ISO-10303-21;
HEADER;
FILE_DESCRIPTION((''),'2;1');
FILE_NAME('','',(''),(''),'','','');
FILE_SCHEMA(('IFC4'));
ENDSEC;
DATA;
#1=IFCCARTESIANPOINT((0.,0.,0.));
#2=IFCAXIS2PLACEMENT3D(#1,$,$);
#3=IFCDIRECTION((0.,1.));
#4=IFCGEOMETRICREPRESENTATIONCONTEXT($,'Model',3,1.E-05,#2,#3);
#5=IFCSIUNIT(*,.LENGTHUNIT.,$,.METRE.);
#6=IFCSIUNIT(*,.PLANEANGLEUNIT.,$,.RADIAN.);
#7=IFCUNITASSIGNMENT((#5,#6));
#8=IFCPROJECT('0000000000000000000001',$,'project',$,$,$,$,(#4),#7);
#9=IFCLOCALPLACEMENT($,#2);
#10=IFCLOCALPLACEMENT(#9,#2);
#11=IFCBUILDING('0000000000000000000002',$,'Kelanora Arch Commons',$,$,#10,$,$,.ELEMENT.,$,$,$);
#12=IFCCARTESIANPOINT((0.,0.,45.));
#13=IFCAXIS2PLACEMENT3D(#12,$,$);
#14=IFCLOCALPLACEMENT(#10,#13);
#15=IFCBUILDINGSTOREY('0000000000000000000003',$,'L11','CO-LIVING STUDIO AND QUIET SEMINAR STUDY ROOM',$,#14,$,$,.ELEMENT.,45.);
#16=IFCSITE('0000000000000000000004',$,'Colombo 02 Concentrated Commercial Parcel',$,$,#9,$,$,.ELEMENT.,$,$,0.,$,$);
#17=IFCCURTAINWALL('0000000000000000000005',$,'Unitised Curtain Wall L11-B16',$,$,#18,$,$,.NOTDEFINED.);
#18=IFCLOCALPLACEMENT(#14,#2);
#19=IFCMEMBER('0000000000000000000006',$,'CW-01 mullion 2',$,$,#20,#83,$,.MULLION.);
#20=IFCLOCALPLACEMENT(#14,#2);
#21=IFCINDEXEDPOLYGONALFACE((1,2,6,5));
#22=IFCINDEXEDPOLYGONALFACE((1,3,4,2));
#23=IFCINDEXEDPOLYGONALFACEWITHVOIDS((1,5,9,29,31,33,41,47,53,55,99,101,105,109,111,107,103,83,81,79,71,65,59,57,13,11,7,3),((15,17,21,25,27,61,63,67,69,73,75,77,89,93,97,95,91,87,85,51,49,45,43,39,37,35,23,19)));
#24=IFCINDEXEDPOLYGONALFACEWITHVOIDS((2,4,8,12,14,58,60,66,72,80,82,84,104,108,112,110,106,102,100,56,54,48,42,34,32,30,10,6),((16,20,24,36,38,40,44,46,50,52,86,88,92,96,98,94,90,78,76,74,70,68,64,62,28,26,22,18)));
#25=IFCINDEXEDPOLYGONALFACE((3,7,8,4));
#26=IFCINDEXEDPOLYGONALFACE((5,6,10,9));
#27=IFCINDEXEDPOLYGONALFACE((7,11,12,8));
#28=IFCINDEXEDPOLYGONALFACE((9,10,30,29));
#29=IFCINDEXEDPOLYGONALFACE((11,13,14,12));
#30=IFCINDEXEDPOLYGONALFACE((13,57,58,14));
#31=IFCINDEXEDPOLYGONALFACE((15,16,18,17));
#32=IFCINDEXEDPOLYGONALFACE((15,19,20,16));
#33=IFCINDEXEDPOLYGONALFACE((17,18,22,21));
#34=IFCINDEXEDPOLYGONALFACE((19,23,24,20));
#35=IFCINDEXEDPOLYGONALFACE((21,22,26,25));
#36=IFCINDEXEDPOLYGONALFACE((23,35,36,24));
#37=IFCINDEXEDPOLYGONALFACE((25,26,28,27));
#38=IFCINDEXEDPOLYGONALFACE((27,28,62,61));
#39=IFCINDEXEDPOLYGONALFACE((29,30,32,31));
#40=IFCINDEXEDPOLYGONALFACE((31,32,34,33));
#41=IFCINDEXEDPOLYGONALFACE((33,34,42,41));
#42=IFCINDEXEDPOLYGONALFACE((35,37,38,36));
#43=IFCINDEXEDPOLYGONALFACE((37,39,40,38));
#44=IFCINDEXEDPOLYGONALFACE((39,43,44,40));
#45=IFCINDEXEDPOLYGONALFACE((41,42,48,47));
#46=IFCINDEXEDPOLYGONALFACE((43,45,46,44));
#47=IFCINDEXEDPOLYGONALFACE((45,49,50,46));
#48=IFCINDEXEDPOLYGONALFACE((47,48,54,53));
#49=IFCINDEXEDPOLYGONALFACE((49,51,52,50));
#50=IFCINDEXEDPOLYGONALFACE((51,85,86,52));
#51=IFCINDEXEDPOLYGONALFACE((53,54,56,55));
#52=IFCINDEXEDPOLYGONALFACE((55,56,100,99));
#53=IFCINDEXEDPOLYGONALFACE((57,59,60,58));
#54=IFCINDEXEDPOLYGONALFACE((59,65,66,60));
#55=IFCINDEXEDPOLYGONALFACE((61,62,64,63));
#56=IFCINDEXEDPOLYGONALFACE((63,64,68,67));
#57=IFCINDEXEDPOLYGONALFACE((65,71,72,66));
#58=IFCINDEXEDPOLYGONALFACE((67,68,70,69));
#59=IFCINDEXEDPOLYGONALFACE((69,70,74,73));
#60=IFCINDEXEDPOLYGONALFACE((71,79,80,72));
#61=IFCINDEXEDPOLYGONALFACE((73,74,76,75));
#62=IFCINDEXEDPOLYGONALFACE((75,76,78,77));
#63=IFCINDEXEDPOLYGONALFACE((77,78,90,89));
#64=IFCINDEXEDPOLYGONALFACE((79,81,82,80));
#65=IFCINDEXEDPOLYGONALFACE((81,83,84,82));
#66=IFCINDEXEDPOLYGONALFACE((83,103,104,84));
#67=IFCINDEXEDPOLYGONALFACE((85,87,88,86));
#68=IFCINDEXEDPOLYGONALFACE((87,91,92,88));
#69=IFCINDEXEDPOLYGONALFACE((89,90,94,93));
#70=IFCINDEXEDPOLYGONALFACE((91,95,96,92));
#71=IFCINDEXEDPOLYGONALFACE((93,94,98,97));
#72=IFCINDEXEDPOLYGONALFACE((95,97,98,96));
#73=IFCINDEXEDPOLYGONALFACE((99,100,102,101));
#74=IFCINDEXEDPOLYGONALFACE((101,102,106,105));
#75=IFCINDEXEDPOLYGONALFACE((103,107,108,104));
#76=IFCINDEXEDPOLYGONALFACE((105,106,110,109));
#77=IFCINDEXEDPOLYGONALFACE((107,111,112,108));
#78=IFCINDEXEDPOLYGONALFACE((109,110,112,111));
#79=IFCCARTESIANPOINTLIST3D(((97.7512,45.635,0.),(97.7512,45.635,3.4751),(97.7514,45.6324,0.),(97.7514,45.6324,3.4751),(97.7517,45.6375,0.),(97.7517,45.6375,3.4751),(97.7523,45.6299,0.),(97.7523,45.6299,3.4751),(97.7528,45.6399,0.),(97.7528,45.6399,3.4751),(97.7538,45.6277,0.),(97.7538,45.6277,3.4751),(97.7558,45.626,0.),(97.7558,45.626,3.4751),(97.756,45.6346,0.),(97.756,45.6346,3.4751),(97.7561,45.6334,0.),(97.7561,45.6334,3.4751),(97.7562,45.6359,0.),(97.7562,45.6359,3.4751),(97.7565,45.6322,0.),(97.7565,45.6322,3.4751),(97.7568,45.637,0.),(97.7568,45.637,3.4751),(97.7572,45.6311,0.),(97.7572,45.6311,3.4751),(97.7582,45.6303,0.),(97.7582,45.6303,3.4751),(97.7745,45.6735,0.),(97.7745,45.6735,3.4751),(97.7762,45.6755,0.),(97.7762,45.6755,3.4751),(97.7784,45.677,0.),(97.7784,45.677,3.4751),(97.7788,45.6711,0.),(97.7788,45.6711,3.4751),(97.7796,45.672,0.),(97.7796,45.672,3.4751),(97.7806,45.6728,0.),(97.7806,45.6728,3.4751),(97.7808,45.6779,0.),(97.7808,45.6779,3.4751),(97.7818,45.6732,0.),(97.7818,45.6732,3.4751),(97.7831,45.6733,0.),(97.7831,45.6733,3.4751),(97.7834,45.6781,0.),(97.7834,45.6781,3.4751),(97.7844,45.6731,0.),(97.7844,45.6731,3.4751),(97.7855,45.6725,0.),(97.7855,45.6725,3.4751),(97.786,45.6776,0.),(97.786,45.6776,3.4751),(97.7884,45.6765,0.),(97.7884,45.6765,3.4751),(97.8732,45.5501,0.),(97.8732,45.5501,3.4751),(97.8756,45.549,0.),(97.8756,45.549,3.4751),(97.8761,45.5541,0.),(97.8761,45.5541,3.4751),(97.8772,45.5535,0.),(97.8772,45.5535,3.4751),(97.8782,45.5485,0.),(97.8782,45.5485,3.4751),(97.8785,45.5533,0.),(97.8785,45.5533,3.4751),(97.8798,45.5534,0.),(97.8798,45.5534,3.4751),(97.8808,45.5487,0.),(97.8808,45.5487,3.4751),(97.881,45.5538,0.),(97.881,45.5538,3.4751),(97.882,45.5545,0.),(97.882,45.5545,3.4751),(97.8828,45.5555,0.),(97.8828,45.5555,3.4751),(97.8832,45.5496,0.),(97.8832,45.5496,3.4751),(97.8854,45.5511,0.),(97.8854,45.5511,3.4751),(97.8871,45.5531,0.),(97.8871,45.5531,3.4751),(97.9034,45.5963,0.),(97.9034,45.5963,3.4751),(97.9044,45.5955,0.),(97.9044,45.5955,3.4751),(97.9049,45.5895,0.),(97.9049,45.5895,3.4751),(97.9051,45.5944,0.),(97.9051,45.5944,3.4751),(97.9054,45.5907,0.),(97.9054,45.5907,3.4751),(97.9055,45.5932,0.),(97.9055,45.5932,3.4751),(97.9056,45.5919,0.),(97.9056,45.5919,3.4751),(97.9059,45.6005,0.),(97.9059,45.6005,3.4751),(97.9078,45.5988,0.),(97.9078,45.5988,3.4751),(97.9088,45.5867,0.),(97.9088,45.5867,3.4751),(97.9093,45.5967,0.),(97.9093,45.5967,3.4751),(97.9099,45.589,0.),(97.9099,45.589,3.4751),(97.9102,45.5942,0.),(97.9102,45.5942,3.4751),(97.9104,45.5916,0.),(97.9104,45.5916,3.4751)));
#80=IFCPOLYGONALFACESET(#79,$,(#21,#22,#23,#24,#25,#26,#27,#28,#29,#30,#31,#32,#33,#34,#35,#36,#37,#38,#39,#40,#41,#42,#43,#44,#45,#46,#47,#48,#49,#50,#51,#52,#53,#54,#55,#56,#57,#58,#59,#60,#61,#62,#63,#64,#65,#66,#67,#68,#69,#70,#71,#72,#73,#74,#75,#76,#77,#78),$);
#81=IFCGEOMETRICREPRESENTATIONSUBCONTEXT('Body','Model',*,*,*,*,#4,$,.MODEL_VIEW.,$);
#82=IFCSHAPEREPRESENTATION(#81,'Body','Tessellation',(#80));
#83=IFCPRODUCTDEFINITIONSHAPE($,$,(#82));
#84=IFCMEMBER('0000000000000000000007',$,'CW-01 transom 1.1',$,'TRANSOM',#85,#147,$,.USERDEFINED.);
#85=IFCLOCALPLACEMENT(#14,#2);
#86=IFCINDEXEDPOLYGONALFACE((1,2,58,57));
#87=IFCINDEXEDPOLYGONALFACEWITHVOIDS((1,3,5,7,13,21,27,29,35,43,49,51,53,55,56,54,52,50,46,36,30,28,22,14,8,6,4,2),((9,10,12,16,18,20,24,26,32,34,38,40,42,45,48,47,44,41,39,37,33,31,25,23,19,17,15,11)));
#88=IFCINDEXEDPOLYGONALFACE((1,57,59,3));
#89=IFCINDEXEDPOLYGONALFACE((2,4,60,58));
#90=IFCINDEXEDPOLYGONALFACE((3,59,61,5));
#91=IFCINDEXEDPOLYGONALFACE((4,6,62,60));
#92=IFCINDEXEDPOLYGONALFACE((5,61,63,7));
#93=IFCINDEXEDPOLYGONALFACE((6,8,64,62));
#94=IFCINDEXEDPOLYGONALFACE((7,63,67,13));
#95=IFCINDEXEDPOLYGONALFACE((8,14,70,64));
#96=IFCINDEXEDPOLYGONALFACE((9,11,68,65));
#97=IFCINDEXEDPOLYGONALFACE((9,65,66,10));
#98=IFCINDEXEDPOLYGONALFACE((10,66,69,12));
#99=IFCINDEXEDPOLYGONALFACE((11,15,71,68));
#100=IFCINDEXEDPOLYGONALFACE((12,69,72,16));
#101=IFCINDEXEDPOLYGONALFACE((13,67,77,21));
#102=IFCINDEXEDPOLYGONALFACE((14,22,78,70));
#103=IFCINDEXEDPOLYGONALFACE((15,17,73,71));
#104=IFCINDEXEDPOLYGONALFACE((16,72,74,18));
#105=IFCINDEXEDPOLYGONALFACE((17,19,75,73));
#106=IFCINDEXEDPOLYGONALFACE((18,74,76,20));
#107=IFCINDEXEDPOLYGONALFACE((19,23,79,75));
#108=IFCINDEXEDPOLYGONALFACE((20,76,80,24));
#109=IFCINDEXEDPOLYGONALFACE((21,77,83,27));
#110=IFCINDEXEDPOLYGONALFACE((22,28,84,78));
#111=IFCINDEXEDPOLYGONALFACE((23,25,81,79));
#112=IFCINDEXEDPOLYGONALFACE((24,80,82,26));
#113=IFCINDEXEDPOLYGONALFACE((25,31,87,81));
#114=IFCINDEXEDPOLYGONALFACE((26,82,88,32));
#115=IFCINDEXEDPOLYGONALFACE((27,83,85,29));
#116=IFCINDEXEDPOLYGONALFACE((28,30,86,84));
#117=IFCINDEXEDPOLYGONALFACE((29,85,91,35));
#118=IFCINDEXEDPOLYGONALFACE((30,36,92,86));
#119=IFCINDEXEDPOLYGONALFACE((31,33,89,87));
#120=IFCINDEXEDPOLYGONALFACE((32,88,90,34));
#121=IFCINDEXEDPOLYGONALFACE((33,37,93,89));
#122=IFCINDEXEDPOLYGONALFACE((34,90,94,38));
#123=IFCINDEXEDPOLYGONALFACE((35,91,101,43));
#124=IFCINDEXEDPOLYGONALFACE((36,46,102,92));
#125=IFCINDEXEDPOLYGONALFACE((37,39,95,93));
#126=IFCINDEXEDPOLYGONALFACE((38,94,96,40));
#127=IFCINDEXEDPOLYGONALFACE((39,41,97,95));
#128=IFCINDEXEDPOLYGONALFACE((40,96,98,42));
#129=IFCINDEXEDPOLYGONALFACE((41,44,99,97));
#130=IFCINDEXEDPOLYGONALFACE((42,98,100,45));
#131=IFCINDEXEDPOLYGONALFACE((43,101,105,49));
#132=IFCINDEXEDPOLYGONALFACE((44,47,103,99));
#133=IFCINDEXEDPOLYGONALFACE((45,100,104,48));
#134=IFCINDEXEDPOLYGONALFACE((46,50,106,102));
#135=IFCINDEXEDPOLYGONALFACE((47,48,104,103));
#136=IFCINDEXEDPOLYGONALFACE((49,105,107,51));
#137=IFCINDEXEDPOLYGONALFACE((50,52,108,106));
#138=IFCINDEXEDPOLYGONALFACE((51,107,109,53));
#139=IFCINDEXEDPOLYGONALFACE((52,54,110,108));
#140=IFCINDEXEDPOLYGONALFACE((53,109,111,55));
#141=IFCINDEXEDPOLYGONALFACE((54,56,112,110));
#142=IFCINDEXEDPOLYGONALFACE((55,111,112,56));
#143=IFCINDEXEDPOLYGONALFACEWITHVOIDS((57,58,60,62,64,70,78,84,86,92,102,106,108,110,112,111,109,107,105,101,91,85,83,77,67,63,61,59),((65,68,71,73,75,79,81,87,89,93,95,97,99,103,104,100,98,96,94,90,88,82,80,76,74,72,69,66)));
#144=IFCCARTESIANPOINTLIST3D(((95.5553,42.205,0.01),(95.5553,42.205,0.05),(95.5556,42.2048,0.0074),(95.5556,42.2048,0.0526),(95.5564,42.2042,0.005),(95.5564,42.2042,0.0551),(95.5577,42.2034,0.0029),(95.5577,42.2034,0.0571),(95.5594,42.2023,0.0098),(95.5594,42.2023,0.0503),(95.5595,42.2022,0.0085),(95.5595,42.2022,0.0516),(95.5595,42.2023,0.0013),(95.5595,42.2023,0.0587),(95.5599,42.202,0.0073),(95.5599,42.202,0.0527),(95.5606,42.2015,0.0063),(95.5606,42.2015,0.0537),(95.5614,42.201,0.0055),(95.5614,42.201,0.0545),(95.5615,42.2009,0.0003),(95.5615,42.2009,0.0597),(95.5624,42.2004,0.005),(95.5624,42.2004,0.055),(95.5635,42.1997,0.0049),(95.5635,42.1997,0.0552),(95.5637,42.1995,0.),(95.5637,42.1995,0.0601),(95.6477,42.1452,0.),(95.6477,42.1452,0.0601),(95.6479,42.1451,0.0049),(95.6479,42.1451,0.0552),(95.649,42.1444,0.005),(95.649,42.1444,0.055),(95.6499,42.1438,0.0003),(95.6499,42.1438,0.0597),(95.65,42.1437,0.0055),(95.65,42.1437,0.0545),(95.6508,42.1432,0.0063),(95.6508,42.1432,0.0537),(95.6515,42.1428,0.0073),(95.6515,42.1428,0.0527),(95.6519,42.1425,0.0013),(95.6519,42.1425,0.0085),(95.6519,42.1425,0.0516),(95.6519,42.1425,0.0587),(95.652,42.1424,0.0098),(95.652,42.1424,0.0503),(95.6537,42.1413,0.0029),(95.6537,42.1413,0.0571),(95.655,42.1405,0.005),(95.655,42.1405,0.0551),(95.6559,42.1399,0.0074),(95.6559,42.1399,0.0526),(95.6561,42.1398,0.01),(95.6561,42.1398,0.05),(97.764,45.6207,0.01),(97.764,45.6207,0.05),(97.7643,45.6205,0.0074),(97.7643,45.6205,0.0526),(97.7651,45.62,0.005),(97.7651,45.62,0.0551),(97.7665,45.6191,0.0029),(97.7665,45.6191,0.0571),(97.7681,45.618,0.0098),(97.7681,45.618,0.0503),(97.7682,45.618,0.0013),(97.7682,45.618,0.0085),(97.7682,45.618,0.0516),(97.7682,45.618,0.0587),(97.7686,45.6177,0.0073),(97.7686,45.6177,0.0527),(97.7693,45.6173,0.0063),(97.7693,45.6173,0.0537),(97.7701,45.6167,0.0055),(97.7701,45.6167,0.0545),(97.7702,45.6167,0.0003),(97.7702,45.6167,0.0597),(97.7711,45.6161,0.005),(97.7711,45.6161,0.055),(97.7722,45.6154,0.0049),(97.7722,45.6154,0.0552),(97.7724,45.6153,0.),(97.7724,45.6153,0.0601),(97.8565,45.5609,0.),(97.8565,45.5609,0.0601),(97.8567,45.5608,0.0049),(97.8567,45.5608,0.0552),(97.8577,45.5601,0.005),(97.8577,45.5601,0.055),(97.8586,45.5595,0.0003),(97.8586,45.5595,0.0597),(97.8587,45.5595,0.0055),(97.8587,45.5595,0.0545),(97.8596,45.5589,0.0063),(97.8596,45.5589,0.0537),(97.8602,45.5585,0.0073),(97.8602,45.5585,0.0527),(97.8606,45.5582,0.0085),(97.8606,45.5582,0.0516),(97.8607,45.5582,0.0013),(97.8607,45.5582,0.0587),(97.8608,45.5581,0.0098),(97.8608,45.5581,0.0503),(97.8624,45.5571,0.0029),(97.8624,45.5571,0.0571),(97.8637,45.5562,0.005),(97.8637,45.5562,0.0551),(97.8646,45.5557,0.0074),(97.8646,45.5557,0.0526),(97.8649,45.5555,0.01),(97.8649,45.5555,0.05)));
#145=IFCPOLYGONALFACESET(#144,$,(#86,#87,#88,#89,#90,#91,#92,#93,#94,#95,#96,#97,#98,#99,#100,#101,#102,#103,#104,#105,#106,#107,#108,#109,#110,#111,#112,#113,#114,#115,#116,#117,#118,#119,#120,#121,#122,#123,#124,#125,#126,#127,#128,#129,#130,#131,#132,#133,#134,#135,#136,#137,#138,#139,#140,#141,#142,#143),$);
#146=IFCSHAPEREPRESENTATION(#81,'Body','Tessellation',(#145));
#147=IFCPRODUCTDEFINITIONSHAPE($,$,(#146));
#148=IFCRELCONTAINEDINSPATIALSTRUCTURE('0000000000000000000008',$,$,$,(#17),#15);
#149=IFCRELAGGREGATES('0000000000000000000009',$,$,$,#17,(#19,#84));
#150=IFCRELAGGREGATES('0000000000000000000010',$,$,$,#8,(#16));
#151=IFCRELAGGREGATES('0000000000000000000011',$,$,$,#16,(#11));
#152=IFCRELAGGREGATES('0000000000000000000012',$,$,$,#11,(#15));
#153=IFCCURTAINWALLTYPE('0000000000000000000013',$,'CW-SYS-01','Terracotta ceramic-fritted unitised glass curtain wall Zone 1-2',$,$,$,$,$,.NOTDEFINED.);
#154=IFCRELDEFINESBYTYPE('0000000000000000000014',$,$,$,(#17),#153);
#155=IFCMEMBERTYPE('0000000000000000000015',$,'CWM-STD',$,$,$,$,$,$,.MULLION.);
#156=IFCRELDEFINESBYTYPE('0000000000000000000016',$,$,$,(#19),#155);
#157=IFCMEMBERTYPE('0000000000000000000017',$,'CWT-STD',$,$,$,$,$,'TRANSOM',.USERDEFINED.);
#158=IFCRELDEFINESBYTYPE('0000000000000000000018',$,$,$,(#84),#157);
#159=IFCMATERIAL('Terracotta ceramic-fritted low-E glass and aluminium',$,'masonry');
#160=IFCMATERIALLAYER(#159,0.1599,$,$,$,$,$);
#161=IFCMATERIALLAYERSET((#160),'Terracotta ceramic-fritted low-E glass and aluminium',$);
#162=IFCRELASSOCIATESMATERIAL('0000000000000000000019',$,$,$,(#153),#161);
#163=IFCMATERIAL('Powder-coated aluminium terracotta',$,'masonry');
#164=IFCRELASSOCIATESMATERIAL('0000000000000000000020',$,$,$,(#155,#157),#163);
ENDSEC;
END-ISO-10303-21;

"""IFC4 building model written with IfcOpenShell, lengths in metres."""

from ifc_helpers import new_model, si_unit, direction, frame, origin, origin_2d, place, context, subcontext, project, spatial, hollow_rectangle, extrude, material, layer, layer_set, material_profile, profile_set, type_object, element, aggregate, save


model = new_model("IFC4")

# Units and contexts
model_context = context("Model", 3, precision=1e-05, world=origin(), true_north=direction((0.0, 1.0)))
body_context = subcontext(model_context, "Body", "Model", "MODEL_VIEW")
ifc_project = project(units=[si_unit("LENGTHUNIT", "METRE"), si_unit("PLANEANGLEUNIT", "RADIAN")], contexts=[model_context])

# Site, building, storey
site_placement = place(None, origin())
site = spatial("IfcSite", under=ifc_project, at=site_placement, Name="Colombo 02 Concentrated Commercial Parcel", CompositionType="ELEMENT", RefElevation=0.0)
building_placement = place(site_placement, origin())
building = spatial("IfcBuilding", under=site, at=building_placement, Name="Kelanora Arch Commons", CompositionType="ELEMENT")
storey_placement = place(building_placement, frame((0.0, 0.0, 45.0)))
storey = spatial("IfcBuildingStorey", under=building, at=storey_placement, Name="L11", Description="CO-LIVING STUDIO AND QUIET SEMINAR STUDY ROOM", CompositionType="ELEMENT", Elevation=45.0)

# Shared definitions
ifc_material_1 = material(Name="Terracotta ceramic-fritted low-E glass and aluminium", Category="masonry")
ifc_layer_1 = layer(ifc_material_1, 0.1599)
ifc_layer_set_1 = layer_set([ifc_layer_1], Name="Terracotta ceramic-fritted low-E glass and aluminium")
curtain_wall_type = type_object("IfcCurtainWallType", Name="CW-SYS-01", Description="Terracotta ceramic-fritted unitised glass curtain wall Zone 1-2", PredefinedType="NOTDEFINED", material=ifc_layer_set_1)
ifc_material_2 = material(Name="Powder-coated aluminium terracotta", Category="masonry")
ifc_material_profile_1 = material_profile(ifc_material_2, hollow_rectangle(XDim=0.1599, YDim=0.0601, WallThickness=0.0049, InnerFilletRadius=0.0049, OuterFilletRadius=0.01, at=origin_2d()), Name="CWM160x60")
ifc_profile_set_1 = profile_set([ifc_material_profile_1], Name="Powder-coated aluminium terracotta")
member_type_1 = type_object("IfcMemberType", Name="CWM-STD", PredefinedType="MULLION", material=ifc_profile_set_1)

# Curtain wall, members
curtain_wall_1_placement = place(storey_placement, origin())
curtain_wall_1 = element("IfcCurtainWall", 1, at=curtain_wall_1_placement, inside=storey, type_object=curtain_wall_type, Name="Unitised Curtain Wall L11-B16", PredefinedType="NOTDEFINED")
member_1_placement = place(storey_placement, frame((97.8308, 45.6133, 0.0), z_axis=(0.0, 0.0, 1.0), x_axis=(-0.83973, 0.543004, 0.0)))
member_1 = element("IfcMember", 2, at=member_1_placement, type_object=member_type_1, Name="CW-01 mullion 2", PredefinedType="MULLION", context=body_context, shape_type="SweptSolid", body=[
    extrude(hollow_rectangle(XDim=0.1599, YDim=0.0601, WallThickness=0.0049, InnerFilletRadius=0.0049, OuterFilletRadius=0.01, at=origin_2d()), origin(), (0.0, 0.0, 1.0), 3.4751),
])
ifc_material_profile_2 = material_profile(ifc_material_2, hollow_rectangle(XDim=0.1201, YDim=0.0601, WallThickness=0.0049, InnerFilletRadius=0.0049, OuterFilletRadius=0.01, at=origin_2d()), Name="CWT120x60")
ifc_profile_set_2 = profile_set([ifc_material_profile_2], Name="Powder-coated aluminium terracotta")
member_type_2 = type_object("IfcMemberType", Name="CWT-STD", ElementType="TRANSOM", PredefinedType="USERDEFINED", material=ifc_profile_set_2)
member_2_placement = place(storey_placement, frame((95.6057, 42.1724, 0.03), z_axis=(0.542997, 0.839734, 0.0), x_axis=(-0.839734, 0.542997, 0.0)))
member_2 = element("IfcMember", 3, at=member_2_placement, type_object=member_type_2, Name="CW-01 transom 1.1", ObjectType="TRANSOM", PredefinedType="USERDEFINED", context=body_context, shape_type="SweptSolid", body=[
    extrude(hollow_rectangle(XDim=0.1201, YDim=0.0601, WallThickness=0.0049, InnerFilletRadius=0.0049, OuterFilletRadius=0.01, at=origin_2d()), origin(), (0.0, 0.0, 1.0), 4.0676),
])

aggregate(curtain_wall_1, [member_1, member_2])

save(model, "model.ifc")
